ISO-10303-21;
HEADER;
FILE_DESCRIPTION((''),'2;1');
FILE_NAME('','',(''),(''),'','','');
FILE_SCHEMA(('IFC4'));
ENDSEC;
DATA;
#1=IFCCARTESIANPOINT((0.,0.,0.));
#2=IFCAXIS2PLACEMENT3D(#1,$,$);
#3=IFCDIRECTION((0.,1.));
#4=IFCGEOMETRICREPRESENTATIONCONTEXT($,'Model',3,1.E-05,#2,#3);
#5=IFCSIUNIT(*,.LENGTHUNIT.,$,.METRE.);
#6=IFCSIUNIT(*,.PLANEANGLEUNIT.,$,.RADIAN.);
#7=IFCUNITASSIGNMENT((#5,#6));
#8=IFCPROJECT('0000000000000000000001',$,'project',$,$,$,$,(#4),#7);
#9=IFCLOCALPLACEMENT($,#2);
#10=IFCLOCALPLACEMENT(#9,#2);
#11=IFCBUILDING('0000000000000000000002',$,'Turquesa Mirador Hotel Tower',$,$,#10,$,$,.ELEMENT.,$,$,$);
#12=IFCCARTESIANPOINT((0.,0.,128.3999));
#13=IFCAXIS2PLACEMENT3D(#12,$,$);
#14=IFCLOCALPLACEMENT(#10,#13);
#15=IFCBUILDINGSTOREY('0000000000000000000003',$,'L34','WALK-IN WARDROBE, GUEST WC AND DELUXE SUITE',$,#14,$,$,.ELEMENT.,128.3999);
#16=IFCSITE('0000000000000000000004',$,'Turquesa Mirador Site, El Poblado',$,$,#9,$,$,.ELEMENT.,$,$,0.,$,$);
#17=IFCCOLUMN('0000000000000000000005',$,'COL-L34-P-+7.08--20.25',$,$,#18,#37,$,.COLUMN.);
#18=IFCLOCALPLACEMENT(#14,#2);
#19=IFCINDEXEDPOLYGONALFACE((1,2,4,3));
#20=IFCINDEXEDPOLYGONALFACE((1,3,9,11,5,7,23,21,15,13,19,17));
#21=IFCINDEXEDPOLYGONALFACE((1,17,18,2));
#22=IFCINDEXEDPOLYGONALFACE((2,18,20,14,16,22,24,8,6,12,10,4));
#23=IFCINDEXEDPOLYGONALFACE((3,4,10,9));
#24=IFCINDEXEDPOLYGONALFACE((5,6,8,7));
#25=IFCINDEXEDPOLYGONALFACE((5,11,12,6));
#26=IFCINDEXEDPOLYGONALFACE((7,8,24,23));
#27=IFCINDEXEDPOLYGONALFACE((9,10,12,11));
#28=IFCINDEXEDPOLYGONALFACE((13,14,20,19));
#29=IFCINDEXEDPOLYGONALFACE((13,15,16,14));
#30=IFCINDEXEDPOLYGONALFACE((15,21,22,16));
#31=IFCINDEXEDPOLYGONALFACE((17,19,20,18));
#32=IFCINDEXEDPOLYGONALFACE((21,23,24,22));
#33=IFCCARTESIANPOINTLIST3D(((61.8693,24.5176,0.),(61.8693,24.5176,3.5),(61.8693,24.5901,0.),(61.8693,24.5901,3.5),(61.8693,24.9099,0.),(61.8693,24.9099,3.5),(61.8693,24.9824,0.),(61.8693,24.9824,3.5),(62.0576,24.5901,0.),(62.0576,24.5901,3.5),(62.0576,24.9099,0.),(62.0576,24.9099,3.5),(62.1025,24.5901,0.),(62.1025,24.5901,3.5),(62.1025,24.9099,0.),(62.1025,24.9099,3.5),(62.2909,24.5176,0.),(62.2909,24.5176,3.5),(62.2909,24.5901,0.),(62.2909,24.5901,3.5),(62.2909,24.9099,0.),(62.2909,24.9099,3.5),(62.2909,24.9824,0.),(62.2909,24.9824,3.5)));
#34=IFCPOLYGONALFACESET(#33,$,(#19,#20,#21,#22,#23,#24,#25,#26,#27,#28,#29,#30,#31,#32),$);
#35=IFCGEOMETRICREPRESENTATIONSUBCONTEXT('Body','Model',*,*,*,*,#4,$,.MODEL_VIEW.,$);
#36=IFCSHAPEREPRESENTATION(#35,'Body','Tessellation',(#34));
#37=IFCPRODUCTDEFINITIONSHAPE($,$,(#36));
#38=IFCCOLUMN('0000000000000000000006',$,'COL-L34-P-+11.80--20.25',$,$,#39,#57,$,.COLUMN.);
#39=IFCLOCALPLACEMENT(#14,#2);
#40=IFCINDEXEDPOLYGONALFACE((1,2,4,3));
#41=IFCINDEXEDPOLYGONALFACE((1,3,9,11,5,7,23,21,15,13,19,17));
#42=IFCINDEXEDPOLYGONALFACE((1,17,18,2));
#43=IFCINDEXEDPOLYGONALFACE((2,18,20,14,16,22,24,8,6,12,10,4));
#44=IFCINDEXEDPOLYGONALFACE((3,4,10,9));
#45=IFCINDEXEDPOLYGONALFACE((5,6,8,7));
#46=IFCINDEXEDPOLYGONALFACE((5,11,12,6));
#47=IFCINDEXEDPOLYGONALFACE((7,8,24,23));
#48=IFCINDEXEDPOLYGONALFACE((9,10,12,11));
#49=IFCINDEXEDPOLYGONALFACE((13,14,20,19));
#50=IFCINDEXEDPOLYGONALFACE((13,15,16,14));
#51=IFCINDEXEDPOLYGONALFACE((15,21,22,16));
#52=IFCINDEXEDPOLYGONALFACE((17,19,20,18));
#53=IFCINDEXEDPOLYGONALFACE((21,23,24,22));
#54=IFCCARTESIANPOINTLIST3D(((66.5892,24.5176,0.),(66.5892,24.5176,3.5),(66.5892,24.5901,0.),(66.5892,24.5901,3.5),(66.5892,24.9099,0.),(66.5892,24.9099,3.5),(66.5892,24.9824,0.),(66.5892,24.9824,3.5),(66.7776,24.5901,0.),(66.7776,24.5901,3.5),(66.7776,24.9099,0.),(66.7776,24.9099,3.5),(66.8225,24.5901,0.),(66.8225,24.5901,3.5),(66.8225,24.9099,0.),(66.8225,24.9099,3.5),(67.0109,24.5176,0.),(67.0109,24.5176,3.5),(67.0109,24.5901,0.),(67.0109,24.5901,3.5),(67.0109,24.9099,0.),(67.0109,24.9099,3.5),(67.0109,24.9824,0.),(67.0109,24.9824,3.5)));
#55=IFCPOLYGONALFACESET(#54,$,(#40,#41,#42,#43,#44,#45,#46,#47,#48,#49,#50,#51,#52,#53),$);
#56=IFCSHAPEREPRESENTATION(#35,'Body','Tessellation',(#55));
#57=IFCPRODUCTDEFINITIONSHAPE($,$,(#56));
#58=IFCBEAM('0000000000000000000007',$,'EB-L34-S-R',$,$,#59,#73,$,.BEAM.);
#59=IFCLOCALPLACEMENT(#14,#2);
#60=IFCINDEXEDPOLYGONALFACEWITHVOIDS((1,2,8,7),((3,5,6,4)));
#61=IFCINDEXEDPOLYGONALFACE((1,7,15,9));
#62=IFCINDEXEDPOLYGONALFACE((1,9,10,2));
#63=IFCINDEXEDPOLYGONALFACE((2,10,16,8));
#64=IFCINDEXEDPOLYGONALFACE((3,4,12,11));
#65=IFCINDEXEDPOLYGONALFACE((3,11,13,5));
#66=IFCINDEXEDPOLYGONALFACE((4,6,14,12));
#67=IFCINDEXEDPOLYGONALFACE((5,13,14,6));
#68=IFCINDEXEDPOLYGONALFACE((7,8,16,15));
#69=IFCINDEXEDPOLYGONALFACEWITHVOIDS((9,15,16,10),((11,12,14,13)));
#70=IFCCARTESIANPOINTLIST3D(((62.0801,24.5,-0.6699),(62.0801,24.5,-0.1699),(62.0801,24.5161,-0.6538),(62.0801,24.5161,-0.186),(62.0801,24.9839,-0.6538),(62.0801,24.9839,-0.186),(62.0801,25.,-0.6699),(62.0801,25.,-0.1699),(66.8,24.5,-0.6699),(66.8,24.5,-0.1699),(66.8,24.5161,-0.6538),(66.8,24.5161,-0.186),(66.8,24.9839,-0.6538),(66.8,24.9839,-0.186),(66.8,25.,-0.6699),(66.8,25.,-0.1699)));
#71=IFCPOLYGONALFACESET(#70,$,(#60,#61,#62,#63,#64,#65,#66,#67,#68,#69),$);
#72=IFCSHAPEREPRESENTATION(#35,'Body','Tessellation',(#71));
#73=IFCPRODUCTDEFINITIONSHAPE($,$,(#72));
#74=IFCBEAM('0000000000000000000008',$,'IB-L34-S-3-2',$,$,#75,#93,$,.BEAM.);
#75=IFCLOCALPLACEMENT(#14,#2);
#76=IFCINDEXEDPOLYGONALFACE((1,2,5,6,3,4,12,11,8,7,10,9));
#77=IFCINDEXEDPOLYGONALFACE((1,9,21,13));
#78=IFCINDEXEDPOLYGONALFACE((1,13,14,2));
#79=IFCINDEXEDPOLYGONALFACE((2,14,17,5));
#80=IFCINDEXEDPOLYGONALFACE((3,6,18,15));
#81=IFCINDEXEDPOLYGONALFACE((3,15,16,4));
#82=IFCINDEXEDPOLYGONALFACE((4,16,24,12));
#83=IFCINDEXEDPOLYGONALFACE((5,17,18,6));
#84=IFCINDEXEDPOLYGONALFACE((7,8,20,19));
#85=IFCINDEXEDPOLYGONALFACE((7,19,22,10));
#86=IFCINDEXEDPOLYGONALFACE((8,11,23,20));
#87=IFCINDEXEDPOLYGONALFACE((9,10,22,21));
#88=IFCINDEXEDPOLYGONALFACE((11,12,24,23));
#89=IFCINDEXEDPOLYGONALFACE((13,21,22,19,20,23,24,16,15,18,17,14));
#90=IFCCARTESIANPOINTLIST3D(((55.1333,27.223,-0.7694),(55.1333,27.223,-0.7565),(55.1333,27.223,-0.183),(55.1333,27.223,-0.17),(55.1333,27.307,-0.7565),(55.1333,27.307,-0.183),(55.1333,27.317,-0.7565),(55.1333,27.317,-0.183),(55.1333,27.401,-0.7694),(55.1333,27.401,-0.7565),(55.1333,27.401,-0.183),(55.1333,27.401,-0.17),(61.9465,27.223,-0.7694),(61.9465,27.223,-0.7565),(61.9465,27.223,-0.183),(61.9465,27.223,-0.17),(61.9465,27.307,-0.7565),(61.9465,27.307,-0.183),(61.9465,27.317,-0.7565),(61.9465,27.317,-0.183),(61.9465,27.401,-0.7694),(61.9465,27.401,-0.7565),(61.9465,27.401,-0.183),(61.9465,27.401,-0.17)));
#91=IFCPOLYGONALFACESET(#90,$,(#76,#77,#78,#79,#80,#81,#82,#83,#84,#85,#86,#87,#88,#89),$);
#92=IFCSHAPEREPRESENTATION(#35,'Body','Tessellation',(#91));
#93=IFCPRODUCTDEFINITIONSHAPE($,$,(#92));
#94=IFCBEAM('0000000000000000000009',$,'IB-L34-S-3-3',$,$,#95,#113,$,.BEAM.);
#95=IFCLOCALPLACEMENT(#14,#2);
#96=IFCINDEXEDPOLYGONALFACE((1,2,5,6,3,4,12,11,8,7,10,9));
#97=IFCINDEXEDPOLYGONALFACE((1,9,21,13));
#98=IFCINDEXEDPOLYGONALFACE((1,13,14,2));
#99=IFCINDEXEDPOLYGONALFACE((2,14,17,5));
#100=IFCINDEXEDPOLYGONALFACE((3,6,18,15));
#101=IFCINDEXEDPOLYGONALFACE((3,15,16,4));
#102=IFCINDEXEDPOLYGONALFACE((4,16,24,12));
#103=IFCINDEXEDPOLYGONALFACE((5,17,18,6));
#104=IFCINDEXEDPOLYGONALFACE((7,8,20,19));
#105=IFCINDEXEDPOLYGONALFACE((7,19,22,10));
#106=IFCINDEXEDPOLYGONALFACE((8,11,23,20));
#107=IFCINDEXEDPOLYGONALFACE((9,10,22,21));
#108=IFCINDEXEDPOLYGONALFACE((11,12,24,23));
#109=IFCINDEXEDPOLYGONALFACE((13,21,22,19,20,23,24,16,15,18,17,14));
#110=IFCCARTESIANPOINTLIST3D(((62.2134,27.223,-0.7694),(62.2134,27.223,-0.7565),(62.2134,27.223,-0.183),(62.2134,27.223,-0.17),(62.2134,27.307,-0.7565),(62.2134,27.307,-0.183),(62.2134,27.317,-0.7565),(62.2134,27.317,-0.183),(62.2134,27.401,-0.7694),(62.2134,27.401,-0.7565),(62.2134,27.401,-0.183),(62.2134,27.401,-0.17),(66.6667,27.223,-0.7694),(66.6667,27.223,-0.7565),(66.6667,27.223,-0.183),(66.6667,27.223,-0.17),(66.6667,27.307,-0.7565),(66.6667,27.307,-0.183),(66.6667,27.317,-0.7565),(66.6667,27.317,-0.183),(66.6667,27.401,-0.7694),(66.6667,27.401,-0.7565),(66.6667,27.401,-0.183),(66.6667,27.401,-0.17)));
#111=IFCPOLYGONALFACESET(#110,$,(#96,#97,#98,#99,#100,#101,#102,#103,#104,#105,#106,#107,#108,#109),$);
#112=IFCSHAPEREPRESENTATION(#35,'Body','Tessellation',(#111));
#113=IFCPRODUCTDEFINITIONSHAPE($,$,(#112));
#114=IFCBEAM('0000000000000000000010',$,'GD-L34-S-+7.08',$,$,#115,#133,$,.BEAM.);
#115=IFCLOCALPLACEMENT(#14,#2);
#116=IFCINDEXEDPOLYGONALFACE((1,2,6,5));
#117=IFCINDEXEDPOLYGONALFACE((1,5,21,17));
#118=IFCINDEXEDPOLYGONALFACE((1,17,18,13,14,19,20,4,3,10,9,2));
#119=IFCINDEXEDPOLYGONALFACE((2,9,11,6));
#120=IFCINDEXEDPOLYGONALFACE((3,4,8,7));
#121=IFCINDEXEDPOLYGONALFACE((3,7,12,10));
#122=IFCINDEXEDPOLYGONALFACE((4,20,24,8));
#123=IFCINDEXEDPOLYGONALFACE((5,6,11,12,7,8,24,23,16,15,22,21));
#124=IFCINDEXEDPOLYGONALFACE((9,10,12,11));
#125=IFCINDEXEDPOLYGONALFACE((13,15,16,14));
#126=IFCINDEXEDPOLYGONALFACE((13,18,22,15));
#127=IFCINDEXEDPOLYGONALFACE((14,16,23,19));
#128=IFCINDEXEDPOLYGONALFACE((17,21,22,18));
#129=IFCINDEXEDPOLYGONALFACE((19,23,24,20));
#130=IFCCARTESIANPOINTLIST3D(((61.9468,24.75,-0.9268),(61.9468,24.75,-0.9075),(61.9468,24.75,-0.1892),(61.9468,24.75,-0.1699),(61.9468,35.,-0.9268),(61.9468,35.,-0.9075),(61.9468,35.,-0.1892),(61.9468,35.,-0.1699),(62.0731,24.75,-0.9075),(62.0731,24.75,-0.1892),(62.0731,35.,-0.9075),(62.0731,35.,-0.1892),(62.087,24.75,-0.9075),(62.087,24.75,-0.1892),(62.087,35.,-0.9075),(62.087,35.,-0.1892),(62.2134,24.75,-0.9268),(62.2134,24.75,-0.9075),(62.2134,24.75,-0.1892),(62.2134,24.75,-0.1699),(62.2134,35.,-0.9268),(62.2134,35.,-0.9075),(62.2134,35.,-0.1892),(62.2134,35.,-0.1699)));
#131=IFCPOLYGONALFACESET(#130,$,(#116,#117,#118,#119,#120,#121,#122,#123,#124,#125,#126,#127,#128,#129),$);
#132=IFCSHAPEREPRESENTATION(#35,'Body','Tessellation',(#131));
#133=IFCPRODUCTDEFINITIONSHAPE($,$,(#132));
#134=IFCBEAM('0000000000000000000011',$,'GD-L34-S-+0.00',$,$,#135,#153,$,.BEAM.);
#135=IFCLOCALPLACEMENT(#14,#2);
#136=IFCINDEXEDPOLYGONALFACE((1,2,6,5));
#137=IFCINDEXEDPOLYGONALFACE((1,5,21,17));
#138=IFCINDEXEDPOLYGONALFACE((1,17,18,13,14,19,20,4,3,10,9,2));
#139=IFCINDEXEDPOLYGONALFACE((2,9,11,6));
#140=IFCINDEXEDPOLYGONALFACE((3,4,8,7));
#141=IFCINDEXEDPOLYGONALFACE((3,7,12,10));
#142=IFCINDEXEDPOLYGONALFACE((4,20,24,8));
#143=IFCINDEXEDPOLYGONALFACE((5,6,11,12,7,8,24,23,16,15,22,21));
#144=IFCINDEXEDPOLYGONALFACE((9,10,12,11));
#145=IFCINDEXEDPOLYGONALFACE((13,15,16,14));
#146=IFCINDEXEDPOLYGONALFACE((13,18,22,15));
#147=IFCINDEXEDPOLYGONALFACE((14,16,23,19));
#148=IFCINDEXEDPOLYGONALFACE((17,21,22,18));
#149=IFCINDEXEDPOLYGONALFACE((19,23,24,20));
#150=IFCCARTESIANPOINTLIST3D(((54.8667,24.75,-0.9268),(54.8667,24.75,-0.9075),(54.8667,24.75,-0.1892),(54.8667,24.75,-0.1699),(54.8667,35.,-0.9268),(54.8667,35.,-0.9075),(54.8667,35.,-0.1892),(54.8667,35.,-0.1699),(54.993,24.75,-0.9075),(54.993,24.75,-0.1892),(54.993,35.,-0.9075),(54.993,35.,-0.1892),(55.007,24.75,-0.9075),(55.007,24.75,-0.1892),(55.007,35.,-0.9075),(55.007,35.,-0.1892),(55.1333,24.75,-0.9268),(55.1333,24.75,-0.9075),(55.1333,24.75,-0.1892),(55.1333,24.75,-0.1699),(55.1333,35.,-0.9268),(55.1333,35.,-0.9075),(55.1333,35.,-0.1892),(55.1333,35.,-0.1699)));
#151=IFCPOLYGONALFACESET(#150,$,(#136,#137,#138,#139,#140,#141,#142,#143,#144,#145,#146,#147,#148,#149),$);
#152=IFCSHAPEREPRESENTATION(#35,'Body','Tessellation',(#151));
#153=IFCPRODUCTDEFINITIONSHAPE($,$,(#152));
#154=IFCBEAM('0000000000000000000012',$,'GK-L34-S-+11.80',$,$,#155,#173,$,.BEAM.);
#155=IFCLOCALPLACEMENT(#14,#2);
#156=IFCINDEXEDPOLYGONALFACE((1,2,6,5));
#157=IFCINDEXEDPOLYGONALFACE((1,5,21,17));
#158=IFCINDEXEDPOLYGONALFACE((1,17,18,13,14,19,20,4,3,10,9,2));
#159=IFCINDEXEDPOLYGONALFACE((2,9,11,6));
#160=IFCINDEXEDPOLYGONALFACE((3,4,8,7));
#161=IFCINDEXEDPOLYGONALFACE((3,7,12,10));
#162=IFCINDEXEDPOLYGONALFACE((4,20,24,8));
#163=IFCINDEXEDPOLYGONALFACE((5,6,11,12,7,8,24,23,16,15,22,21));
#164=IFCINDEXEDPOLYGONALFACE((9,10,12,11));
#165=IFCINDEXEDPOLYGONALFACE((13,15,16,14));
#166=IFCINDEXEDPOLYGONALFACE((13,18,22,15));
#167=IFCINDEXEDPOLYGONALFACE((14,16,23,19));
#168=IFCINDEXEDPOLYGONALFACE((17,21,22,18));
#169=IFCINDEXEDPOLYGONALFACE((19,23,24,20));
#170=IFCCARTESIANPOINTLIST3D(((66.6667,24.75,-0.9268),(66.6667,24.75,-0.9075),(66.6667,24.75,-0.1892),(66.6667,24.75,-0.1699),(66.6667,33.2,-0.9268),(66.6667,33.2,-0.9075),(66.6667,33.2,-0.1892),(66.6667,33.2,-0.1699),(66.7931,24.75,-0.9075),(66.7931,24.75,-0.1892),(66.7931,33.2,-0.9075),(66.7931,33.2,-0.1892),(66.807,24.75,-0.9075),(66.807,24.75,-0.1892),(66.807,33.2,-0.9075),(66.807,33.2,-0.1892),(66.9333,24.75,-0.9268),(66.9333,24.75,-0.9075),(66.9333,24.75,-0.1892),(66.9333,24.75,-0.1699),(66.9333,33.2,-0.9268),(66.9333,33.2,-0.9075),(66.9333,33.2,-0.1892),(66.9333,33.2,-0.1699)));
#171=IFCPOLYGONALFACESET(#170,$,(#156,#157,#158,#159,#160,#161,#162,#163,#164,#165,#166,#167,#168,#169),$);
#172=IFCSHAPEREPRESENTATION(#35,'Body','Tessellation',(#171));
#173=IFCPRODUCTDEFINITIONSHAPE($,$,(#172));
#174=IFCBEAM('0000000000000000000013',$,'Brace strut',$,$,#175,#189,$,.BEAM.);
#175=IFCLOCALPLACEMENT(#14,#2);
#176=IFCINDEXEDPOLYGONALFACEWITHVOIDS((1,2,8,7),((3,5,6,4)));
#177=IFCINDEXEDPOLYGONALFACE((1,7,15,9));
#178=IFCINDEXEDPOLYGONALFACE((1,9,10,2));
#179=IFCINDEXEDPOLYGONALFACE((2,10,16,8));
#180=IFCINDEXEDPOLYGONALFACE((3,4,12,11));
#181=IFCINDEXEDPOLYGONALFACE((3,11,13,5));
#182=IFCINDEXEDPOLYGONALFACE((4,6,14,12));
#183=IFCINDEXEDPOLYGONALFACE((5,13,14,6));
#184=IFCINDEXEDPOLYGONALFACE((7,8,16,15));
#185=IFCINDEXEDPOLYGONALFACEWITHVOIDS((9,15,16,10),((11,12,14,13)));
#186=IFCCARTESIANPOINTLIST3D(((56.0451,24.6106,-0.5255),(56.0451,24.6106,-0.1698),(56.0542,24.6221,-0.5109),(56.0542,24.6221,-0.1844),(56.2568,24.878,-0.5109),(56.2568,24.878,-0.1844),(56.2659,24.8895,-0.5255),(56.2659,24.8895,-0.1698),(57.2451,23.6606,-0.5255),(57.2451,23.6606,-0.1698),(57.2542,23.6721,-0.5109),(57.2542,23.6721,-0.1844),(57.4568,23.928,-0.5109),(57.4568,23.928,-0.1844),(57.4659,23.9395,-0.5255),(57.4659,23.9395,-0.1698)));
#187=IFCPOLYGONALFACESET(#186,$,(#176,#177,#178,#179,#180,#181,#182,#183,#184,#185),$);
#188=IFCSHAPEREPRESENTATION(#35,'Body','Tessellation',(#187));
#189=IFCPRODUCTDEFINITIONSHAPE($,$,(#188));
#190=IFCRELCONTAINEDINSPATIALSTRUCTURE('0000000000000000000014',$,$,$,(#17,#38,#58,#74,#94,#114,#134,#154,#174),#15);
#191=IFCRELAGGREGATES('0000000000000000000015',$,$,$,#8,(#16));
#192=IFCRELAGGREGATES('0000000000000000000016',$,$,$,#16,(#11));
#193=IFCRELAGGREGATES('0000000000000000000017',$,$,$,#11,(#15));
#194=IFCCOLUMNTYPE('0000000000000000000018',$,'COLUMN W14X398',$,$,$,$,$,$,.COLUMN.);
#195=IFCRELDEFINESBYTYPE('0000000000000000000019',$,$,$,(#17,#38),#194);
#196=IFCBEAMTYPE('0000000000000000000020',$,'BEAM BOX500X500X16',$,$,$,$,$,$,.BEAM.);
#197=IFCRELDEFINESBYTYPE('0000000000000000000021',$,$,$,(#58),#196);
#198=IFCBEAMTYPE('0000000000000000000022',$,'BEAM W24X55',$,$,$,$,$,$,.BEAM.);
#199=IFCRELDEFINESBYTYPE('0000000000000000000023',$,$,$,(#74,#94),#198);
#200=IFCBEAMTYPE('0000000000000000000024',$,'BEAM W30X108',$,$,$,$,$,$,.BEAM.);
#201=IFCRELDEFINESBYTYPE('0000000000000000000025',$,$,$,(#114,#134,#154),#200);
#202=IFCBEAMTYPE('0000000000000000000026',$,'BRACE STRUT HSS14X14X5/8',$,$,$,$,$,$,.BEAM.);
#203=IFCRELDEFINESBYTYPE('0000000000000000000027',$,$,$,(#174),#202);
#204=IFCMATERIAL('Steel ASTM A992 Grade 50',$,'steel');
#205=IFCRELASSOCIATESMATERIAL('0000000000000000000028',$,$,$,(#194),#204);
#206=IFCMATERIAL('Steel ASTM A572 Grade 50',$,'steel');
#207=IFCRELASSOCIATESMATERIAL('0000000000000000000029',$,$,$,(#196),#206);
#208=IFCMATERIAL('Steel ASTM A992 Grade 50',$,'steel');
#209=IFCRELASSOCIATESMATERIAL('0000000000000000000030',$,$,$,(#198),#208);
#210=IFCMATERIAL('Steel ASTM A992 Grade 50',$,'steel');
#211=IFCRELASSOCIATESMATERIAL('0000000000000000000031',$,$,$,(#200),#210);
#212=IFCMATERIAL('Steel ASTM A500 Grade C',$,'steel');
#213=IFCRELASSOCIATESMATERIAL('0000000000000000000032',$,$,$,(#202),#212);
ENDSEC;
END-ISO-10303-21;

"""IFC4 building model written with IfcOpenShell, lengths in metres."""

from ifc_helpers import new_model, si_unit, direction, frame, origin, origin_2d, place, context, subcontext, project, spatial, hollow_rectangle, i_section, extrude, material, material_profile, profile_set, type_object, element, save


model = new_model("IFC4")

# Units and contexts
model_context = context("Model", 3, precision=1e-05, world=origin(), true_north=direction((0.0, 1.0)))
body_context = subcontext(model_context, "Body", "Model", "MODEL_VIEW")
ifc_project = project(units=[si_unit("LENGTHUNIT", "METRE"), si_unit("PLANEANGLEUNIT", "RADIAN")], contexts=[model_context])

# Site, building, storey
site_placement = place(None, origin())
site = spatial("IfcSite", under=ifc_project, at=site_placement, Name="Turquesa Mirador Site, El Poblado", CompositionType="ELEMENT", RefElevation=0.0)
building_placement = place(site_placement, origin())
building = spatial("IfcBuilding", under=site, at=building_placement, Name="Turquesa Mirador Hotel Tower", CompositionType="ELEMENT")
storey_placement = place(building_placement, frame((0.0, 0.0, 128.3999)))
storey = spatial("IfcBuildingStorey", under=building, at=storey_placement, Name="L34", Description="WALK-IN WARDROBE, GUEST WC AND DELUXE SUITE", CompositionType="ELEMENT", Elevation=128.3999)

# Columns
ifc_material_1 = material(Name="Steel ASTM A992 Grade 50", Category="steel")
ifc_material_profile_1 = material_profile(ifc_material_1, i_section(OverallWidth=0.4216, OverallDepth=0.4648, WebThickness=0.0449, FlangeThickness=0.0725, at=origin_2d()), Name="W14X398")
ifc_profile_set_1 = profile_set([ifc_material_profile_1], Name="Steel ASTM A992 Grade 50")
column_type = type_object("IfcColumnType", Name="COLUMN W14X398", PredefinedType="COLUMN", material=ifc_profile_set_1)
for number, where, z_axis, x_axis, name in (
    (1, (62.0801, 24.75, 0.0), (0.0, 0.0, 1.0), (1.0, 0.0, 0.0), "COL-L34-P-+7.08--20.25"),
    (2, (66.8, 24.75, 0.0), (0.0, 0.0, 1.0), (1.0, 0.0, 0.0), "COL-L34-P-+11.80--20.25"),
):
    element("IfcColumn", number, at=place(storey_placement, frame(where, z_axis=z_axis, x_axis=x_axis)), inside=storey, type_object=column_type, Name=name, PredefinedType="COLUMN", context=body_context, shape_type="SweptSolid", body=[
        extrude(i_section(OverallWidth=0.4216, OverallDepth=0.4648, WebThickness=0.0449, FlangeThickness=0.0725, at=origin_2d()), origin(), (0.0, 0.0, 1.0), 3.5),
    ])

# Beams
ifc_material_2 = material(Name="Steel ASTM A572 Grade 50", Category="steel")
ifc_material_profile_2 = material_profile(ifc_material_2, hollow_rectangle(XDim=0.5, YDim=0.5, WallThickness=0.0161, at=origin_2d()), Name="BOX500X500X16")
ifc_profile_set_2 = profile_set([ifc_material_profile_2], Name="Steel ASTM A572 Grade 50")
beam_type_1 = type_object("IfcBeamType", Name="BEAM BOX500X500X16", PredefinedType="BEAM", material=ifc_profile_set_2)
beam_1_placement = place(storey_placement, frame((62.0801, 24.75, -0.4199), z_axis=(1.0, 0.0, 0.0), x_axis=(0.0, 1.0, 0.0)))
element("IfcBeam", 3, at=beam_1_placement, inside=storey, type_object=beam_type_1, Name="EB-L34-S-R", PredefinedType="BEAM", context=body_context, shape_type="SweptSolid", body=[
    extrude(hollow_rectangle(XDim=0.5, YDim=0.5, WallThickness=0.0161, at=origin_2d()), origin(), (0.0, 0.0, 1.0), 4.72),
])
ifc_material_3 = material(Name="Steel ASTM A992 Grade 50", Category="steel")
ifc_material_profile_3 = material_profile(ifc_material_3, i_section(OverallWidth=0.178, OverallDepth=0.5994, WebThickness=0.01, FlangeThickness=0.0129, at=origin_2d()), Name="W24X55")
ifc_profile_set_3 = profile_set([ifc_material_profile_3], Name="Steel ASTM A992 Grade 50")
beam_type_2 = type_object("IfcBeamType", Name="BEAM W24X55", PredefinedType="BEAM", material=ifc_profile_set_3)
beam_2_placement = place(storey_placement, frame((55.1333, 27.312, -0.4697), z_axis=(1.0, 0.0, 0.0), x_axis=(0.0, 1.0, 0.0)))
element("IfcBeam", 4, at=beam_2_placement, inside=storey, type_object=beam_type_2, Name="IB-L34-S-3-2", PredefinedType="BEAM", context=body_context, shape_type="SweptSolid", body=[
    extrude(i_section(OverallWidth=0.178, OverallDepth=0.5994, WebThickness=0.01, FlangeThickness=0.0129, at=origin_2d()), origin(), (0.0, 0.0, 1.0), 6.8132),
])
beam_3_placement = place(storey_placement, frame((62.2134, 27.312, -0.4697), z_axis=(1.0, 0.0, 0.0), x_axis=(0.0, 1.0, 0.0)))
element("IfcBeam", 5, at=beam_3_placement, inside=storey, type_object=beam_type_2, Name="IB-L34-S-3-3", PredefinedType="BEAM", context=body_context, shape_type="SweptSolid", body=[
    extrude(i_section(OverallWidth=0.178, OverallDepth=0.5994, WebThickness=0.01, FlangeThickness=0.0129, at=origin_2d()), origin(), (0.0, 0.0, 1.0), 4.4534),
])
ifc_material_4 = material(Name="Steel ASTM A992 Grade 50", Category="steel")
ifc_material_profile_4 = material_profile(ifc_material_4, i_section(OverallWidth=0.2666, OverallDepth=0.7568, WebThickness=0.0139, FlangeThickness=0.0193, at=origin_2d()), Name="W30X108")
ifc_profile_set_4 = profile_set([ifc_material_profile_4], Name="Steel ASTM A992 Grade 50")
beam_type_3 = type_object("IfcBeamType", Name="BEAM W30X108", PredefinedType="BEAM", material=ifc_profile_set_4)
for number, where, z_axis, x_axis, name in (
    (6, (62.0801, 24.75, -0.5483), (0.0, 1.0, 0.0), (-1.0, 0.0, 0.0), "GD-L34-S-+7.08"),
    (7, (55.0, 24.75, -0.5483), (0.0, 1.0, 0.0), (-1.0, 0.0, 0.0), "GD-L34-S-+0.00"),
):
    element("IfcBeam", number, at=place(storey_placement, frame(where, z_axis=z_axis, x_axis=x_axis)), inside=storey, type_object=beam_type_3, Name=name, PredefinedType="BEAM", context=body_context, shape_type="SweptSolid", body=[
        extrude(i_section(OverallWidth=0.2666, OverallDepth=0.7568, WebThickness=0.0139, FlangeThickness=0.0193, at=origin_2d()), origin(), (0.0, 0.0, 1.0), 10.25),
    ])
beam_4_placement = place(storey_placement, frame((66.8, 24.75, -0.5483), z_axis=(0.0, 1.0, 0.0), x_axis=(-1.0, 0.0, 0.0)))
element("IfcBeam", 8, at=beam_4_placement, inside=storey, type_object=beam_type_3, Name="GK-L34-S-+11.80", PredefinedType="BEAM", context=body_context, shape_type="SweptSolid", body=[
    extrude(i_section(OverallWidth=0.2666, OverallDepth=0.7568, WebThickness=0.0139, FlangeThickness=0.0193, at=origin_2d()), origin(), (0.0, 0.0, 1.0), 8.45),
])
ifc_material_5 = material(Name="Steel ASTM A500 Grade C", Category="steel")
ifc_material_profile_5 = material_profile(ifc_material_5, hollow_rectangle(XDim=0.3557, YDim=0.3557, WallThickness=0.0146, at=origin_2d()), Name="HSS14X14X5/8")
ifc_profile_set_5 = profile_set([ifc_material_profile_5], Name="Steel ASTM A500 Grade C")
beam_type_4 = type_object("IfcBeamType", Name="BRACE STRUT HSS14X14X5/8", PredefinedType="BEAM", material=ifc_profile_set_5)
beam_5_placement = place(storey_placement, frame((57.3555, 23.8, -0.3477), z_axis=(-0.784049, 0.620699, 0.0), x_axis=(-0.620699, -0.784049, 0.0)))
element("IfcBeam", 9, at=beam_5_placement, inside=storey, type_object=beam_type_4, Name="Brace strut", PredefinedType="BEAM", context=body_context, shape_type="SweptSolid", body=[
    extrude(hollow_rectangle(XDim=0.3557, YDim=0.3557, WallThickness=0.0146, at=origin_2d()), origin(), (0.0, 0.0, 1.0), 1.5305),
])

save(model, "model.ifc")
